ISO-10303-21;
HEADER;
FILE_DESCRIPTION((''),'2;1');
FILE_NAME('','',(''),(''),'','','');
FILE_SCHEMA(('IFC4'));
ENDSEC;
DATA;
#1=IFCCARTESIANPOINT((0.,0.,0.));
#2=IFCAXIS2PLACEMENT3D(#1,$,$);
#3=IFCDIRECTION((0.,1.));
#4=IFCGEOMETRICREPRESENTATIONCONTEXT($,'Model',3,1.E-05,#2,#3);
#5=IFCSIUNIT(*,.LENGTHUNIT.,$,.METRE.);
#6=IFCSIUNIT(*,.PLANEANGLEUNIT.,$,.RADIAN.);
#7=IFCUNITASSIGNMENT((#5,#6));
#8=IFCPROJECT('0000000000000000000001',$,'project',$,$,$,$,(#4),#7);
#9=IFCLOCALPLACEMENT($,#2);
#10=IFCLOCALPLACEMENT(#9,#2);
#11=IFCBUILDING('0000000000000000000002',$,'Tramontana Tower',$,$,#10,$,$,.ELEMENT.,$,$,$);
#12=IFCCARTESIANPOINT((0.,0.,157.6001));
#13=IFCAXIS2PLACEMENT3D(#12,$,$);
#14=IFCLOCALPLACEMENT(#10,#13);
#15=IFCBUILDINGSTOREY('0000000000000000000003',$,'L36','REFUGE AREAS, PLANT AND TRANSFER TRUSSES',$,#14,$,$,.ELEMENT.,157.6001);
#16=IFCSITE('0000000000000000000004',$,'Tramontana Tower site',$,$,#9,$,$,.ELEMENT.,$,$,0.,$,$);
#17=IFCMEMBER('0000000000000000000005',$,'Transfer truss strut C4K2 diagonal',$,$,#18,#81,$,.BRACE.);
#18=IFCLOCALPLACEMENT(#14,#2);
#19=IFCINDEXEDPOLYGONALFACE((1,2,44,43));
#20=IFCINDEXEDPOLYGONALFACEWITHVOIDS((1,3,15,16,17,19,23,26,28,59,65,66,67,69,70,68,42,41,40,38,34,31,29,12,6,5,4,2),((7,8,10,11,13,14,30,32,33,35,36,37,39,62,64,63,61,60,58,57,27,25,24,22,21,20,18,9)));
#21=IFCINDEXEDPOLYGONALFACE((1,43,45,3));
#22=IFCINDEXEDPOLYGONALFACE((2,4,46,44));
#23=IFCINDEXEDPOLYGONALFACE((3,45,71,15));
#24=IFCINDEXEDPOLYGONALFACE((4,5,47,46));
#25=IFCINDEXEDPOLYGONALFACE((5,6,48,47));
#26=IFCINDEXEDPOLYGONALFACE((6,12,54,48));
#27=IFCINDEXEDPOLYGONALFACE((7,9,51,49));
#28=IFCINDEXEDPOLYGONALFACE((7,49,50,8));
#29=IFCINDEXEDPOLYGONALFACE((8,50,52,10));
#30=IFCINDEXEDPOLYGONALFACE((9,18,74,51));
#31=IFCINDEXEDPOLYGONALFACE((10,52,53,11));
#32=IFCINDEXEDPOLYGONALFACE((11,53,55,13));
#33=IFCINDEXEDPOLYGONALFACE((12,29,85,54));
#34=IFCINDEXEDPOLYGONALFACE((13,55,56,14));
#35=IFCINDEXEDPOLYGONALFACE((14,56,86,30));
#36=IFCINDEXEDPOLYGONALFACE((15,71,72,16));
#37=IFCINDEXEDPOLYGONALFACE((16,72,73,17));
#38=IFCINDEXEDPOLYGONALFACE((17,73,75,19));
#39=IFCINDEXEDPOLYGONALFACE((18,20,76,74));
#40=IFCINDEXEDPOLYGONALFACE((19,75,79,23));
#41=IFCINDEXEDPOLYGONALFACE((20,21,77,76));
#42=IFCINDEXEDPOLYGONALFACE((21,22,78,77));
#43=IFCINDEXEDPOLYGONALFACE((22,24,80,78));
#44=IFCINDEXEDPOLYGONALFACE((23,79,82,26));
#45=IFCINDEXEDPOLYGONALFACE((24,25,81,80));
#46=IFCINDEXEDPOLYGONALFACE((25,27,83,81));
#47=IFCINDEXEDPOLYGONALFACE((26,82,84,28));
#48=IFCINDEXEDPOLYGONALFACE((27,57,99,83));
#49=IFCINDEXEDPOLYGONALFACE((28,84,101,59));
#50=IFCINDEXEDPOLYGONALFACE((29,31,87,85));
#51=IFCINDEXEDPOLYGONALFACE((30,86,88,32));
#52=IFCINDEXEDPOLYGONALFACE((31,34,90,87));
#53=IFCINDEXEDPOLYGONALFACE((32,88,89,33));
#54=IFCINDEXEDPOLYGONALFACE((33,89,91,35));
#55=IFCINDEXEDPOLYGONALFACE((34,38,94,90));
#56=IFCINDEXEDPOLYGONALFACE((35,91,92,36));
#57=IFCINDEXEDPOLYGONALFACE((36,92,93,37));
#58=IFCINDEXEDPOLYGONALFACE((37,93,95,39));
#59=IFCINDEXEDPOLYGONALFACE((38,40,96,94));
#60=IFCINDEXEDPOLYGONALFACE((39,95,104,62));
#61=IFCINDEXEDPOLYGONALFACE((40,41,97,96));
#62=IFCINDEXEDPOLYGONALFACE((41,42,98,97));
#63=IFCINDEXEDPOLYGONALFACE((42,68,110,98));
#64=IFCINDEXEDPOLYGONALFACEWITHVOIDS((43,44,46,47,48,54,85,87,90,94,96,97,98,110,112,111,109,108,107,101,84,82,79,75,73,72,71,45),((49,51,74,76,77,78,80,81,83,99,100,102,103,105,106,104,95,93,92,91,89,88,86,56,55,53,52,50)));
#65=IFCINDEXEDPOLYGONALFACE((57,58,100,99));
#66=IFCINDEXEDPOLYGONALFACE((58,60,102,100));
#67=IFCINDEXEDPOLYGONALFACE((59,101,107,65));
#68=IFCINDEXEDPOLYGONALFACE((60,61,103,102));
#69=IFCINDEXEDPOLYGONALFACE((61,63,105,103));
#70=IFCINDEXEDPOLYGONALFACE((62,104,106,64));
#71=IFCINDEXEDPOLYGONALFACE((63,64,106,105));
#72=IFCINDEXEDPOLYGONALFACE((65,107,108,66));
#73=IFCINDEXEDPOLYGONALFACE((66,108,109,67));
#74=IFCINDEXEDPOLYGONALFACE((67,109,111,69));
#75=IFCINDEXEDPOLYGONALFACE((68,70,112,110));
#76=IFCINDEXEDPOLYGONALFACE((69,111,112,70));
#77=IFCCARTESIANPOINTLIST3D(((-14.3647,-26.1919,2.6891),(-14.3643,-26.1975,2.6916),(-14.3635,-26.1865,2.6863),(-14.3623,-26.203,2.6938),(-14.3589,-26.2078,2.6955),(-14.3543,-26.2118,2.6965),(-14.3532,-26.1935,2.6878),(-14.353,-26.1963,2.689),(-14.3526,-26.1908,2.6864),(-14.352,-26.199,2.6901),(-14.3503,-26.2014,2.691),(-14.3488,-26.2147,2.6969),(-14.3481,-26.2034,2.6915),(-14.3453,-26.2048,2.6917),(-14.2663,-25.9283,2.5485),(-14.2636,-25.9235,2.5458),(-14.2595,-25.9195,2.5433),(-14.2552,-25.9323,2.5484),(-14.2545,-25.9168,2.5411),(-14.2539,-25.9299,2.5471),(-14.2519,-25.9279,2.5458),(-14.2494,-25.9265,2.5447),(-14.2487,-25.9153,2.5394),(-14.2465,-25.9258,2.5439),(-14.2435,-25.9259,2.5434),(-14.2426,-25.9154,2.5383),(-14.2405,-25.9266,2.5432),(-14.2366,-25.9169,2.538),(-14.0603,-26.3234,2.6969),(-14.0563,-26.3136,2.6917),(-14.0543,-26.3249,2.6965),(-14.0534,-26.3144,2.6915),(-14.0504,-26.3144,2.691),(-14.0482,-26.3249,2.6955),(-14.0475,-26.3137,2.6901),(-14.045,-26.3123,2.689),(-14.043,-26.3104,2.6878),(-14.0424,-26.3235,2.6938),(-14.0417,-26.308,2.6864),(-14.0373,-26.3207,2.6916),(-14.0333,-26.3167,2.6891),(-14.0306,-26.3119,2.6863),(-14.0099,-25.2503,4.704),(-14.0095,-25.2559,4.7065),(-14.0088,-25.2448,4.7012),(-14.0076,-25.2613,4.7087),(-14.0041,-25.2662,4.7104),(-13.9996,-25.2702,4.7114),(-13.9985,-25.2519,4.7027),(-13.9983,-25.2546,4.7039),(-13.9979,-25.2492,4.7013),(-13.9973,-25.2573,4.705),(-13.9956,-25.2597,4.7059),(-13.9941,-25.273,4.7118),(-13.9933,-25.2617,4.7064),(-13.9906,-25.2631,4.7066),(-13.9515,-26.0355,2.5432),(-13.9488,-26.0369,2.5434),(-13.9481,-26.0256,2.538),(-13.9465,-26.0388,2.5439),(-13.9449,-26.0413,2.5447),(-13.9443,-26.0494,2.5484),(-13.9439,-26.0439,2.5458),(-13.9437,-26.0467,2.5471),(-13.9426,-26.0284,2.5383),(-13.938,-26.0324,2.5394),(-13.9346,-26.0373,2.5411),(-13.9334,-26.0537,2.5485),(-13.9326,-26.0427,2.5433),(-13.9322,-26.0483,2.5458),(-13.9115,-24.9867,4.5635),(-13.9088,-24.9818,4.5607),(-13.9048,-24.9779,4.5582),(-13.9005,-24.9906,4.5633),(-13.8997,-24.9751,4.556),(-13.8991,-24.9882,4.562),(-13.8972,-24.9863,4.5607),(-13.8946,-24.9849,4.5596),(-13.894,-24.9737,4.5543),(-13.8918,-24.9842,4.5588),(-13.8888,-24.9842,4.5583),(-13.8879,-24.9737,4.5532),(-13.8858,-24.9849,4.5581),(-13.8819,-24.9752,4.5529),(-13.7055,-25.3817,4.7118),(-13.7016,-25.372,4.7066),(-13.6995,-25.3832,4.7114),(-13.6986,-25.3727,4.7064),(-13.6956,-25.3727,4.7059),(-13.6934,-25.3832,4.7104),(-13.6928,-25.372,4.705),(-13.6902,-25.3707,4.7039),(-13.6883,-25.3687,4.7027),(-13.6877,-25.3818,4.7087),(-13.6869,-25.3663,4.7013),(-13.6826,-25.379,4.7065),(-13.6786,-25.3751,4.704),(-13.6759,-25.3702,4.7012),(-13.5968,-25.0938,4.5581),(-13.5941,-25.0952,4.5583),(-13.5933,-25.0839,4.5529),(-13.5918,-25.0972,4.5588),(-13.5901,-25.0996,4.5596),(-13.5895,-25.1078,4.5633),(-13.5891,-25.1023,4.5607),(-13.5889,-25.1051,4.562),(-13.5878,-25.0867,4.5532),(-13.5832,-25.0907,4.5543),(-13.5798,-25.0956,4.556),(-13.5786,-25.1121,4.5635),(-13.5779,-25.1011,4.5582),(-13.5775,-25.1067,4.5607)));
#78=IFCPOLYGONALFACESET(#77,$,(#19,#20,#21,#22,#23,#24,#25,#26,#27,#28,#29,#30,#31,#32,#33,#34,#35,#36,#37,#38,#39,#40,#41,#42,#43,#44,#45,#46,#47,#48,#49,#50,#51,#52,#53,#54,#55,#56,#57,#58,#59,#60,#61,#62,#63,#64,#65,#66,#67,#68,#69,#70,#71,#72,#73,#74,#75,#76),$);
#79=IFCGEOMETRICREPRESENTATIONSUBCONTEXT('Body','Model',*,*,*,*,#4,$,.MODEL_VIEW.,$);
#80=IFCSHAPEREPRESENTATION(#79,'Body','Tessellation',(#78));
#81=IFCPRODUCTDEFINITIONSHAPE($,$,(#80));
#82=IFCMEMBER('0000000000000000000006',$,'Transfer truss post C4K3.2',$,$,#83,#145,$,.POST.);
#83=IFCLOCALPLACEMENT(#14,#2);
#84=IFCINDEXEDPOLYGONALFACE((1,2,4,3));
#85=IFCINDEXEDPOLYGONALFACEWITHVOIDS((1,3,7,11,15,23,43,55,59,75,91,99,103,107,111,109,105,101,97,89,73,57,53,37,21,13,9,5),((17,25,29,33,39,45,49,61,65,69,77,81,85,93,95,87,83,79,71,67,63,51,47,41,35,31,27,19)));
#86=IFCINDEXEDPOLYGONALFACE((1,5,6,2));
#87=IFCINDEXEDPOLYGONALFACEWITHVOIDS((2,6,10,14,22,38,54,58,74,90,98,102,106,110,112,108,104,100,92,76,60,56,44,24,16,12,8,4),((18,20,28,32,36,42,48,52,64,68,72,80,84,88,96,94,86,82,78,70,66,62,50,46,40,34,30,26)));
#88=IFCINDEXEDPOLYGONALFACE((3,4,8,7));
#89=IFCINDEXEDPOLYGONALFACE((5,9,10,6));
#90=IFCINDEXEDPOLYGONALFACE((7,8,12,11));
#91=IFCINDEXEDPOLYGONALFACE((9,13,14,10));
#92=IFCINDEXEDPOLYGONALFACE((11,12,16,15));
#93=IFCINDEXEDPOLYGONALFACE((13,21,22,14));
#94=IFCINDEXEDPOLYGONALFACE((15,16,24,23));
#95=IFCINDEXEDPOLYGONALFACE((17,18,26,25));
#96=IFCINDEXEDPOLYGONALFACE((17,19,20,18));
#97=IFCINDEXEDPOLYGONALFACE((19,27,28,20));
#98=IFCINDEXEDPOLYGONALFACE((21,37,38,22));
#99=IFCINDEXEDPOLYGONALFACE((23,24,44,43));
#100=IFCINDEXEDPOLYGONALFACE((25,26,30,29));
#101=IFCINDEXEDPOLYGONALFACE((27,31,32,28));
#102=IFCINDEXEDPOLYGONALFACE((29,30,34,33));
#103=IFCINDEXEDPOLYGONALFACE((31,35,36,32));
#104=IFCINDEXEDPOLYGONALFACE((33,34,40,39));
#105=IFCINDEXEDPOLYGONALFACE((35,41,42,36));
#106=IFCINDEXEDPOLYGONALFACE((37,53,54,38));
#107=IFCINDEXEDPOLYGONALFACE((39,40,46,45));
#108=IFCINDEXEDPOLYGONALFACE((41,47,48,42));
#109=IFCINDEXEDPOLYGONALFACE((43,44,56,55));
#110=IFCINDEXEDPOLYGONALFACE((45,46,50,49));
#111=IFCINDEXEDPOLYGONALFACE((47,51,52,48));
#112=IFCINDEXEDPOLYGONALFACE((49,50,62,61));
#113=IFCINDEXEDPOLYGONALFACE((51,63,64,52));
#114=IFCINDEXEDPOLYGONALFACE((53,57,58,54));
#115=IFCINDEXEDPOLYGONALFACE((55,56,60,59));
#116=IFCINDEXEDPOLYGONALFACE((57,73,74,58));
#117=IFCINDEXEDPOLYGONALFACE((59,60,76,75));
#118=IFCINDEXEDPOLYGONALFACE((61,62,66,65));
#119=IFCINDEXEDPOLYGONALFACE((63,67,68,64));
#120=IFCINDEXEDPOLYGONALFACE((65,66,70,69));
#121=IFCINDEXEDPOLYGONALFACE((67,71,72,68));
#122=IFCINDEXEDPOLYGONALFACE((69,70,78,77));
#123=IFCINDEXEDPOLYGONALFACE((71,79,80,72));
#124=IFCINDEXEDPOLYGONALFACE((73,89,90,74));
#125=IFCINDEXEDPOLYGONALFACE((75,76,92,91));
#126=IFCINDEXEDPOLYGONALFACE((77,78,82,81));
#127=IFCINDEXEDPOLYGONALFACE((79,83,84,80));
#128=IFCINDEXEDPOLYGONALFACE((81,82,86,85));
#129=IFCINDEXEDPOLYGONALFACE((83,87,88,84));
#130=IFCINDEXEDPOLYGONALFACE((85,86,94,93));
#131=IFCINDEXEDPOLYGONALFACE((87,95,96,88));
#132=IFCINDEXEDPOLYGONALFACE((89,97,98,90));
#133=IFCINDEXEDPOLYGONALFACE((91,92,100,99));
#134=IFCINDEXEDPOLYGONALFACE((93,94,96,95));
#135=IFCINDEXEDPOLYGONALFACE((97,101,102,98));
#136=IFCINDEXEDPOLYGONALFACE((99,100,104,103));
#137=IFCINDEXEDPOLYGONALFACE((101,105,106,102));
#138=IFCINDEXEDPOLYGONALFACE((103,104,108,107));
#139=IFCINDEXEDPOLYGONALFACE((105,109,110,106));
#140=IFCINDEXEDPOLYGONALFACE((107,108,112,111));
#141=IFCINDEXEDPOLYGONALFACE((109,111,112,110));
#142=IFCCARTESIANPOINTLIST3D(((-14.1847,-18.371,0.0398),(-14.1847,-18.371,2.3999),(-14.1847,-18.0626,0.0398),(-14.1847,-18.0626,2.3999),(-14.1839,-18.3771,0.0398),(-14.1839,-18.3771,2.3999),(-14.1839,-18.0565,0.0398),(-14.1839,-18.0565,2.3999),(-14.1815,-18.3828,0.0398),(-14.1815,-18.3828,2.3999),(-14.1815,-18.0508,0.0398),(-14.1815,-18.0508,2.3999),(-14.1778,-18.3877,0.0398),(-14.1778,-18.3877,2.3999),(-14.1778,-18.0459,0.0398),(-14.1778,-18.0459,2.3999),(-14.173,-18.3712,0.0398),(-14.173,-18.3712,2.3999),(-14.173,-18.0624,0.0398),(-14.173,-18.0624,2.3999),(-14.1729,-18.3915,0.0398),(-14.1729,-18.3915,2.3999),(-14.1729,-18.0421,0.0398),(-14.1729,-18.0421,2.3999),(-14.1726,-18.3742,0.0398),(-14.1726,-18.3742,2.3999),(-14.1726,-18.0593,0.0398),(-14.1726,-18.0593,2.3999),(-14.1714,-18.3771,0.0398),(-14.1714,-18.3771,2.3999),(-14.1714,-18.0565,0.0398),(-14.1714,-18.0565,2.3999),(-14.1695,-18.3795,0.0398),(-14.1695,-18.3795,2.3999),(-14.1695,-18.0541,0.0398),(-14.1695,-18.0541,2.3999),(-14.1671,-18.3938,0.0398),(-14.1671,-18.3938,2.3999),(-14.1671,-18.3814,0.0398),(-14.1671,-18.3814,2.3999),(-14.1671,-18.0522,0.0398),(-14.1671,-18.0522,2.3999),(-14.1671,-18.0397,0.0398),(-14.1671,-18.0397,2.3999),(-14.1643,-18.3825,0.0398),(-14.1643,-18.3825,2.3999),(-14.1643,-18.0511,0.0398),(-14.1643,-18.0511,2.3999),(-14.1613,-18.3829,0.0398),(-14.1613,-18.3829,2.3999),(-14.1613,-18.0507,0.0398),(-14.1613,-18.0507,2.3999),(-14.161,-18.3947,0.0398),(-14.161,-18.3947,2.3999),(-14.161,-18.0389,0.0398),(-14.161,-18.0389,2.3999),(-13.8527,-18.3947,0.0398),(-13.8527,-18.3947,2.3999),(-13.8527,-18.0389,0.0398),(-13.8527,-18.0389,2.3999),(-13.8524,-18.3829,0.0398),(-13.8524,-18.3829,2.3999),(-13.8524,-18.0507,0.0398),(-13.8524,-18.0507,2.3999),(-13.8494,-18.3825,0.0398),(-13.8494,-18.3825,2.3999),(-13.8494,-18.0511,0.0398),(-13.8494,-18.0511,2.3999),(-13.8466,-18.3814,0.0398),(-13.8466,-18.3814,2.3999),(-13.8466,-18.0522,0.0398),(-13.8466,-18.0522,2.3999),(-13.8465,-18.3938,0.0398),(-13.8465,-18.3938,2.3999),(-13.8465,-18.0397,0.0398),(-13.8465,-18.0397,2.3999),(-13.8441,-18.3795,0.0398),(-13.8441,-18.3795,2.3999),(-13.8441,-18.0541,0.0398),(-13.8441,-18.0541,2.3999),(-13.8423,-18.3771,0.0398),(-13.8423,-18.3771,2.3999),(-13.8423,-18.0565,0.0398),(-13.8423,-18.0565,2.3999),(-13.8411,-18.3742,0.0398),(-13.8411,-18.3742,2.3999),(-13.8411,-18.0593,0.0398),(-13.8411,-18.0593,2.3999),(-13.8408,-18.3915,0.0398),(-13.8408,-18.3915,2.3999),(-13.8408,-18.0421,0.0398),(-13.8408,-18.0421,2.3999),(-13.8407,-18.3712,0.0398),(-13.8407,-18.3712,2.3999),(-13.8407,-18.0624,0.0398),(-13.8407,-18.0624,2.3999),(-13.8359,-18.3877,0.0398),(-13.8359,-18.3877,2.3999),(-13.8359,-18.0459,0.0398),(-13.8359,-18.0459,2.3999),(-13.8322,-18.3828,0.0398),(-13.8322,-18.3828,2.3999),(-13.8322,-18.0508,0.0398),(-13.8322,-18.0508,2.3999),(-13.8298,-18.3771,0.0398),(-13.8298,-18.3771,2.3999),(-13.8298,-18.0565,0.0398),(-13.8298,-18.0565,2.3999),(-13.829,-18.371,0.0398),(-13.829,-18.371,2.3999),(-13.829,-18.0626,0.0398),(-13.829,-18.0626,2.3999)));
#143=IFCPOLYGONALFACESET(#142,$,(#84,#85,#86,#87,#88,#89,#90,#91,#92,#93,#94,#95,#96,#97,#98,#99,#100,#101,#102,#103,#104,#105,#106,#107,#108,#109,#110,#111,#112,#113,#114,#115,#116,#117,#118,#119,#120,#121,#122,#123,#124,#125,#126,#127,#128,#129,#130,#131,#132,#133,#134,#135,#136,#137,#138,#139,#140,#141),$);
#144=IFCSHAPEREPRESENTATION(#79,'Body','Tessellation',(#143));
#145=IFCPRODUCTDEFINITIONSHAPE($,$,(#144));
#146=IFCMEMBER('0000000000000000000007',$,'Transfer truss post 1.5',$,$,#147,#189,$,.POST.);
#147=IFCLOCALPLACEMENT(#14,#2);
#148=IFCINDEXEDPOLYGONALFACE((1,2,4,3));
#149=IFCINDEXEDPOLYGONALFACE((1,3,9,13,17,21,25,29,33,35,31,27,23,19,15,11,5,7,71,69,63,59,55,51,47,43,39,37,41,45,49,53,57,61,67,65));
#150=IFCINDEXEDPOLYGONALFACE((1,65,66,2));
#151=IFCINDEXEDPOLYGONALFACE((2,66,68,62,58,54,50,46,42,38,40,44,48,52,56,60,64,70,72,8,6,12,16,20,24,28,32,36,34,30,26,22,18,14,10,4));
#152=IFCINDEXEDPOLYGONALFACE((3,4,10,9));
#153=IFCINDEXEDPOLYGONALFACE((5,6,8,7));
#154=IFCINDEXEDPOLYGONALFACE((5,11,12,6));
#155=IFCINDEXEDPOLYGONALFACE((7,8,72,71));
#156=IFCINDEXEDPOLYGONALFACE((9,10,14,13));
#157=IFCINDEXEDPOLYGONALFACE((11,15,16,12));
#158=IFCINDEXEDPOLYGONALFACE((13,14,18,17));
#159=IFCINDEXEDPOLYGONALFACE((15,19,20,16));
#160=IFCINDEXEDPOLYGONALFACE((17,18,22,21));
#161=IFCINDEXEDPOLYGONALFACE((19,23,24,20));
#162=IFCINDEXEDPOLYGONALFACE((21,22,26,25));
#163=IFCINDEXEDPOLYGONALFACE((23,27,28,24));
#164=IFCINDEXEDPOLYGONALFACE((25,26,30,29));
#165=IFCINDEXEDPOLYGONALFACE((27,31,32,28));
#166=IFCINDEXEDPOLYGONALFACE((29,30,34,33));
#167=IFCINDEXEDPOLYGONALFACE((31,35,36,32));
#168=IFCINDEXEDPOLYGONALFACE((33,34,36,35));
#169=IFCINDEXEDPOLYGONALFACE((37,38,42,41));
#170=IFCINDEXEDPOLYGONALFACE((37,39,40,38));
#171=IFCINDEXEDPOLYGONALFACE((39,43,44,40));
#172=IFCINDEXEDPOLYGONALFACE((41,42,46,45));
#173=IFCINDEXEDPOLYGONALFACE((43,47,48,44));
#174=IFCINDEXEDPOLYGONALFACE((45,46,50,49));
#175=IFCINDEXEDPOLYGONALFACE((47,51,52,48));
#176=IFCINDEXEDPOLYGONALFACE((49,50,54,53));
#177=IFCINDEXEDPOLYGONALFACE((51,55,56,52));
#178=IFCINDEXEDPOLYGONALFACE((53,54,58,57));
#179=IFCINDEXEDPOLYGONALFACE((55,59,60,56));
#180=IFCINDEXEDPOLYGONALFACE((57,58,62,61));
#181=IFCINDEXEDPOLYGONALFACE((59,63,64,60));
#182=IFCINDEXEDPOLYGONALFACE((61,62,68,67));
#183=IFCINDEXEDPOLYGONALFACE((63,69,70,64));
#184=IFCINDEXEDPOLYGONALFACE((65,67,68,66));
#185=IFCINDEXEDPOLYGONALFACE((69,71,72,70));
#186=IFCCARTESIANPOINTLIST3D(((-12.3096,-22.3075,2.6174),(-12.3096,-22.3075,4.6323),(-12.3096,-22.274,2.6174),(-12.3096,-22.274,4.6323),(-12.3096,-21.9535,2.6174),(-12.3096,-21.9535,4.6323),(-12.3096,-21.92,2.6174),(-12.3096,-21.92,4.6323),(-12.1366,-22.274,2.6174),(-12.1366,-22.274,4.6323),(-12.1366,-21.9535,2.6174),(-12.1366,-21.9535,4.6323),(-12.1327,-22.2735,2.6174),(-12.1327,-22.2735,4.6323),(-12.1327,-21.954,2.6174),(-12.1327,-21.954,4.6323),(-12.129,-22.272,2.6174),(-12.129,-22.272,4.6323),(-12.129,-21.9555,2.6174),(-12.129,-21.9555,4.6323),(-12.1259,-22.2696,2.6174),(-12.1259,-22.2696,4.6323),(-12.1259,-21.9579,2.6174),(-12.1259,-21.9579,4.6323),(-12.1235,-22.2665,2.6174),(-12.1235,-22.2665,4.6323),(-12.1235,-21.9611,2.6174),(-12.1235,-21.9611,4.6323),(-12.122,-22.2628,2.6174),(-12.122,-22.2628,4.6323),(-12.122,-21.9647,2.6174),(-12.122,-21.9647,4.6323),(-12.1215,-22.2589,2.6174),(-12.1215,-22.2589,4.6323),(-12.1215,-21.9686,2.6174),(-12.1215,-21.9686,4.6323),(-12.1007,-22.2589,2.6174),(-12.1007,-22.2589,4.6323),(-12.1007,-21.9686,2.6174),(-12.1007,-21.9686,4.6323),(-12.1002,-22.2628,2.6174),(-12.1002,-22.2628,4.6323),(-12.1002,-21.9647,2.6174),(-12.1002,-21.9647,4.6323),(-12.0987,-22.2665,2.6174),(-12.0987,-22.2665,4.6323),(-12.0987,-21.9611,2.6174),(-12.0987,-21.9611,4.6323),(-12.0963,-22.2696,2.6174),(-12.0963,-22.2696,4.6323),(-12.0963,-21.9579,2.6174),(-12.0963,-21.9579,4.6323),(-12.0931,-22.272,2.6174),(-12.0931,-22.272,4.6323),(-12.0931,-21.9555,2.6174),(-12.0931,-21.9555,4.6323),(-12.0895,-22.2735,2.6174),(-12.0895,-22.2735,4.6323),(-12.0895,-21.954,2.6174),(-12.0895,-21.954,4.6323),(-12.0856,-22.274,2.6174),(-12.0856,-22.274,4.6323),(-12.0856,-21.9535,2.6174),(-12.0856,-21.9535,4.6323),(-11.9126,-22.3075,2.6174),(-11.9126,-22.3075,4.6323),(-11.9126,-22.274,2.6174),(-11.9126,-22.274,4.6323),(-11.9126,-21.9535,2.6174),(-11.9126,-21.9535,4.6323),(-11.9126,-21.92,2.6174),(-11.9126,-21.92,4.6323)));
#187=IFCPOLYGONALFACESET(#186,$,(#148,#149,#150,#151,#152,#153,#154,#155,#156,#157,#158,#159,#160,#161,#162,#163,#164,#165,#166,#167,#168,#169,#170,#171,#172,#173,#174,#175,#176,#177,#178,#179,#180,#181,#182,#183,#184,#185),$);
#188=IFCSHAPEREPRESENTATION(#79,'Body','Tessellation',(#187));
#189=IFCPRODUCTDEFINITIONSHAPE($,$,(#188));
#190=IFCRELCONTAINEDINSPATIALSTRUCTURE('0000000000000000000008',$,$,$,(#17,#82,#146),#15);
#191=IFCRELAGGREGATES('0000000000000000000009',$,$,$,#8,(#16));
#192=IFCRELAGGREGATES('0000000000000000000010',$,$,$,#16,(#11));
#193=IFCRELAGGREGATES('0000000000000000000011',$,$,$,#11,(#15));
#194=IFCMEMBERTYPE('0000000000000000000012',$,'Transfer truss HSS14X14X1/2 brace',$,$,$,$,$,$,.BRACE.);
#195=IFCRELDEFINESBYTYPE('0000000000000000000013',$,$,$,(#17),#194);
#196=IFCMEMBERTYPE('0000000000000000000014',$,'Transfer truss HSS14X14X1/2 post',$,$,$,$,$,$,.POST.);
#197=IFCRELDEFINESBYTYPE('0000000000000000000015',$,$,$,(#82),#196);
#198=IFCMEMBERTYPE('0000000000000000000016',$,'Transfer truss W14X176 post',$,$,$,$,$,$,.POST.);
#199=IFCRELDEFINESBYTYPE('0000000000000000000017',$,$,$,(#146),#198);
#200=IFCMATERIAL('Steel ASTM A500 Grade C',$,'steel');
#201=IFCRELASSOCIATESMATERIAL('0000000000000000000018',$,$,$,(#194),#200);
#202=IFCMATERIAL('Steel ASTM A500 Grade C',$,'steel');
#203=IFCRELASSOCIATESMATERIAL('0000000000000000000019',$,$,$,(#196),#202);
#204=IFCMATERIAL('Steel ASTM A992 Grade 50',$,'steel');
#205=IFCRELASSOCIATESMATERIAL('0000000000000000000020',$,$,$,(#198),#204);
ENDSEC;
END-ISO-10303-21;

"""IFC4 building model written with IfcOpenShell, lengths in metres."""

from ifc_helpers import new_model, si_unit, direction, frame, origin, origin_2d, place, context, subcontext, project, spatial, hollow_rectangle, i_section, extrude, material, material_profile, profile_set, type_object, element, save


model = new_model("IFC4")

# Units and contexts
model_context = context("Model", 3, precision=1e-05, world=origin(), true_north=direction((0.0, 1.0)))
body_context = subcontext(model_context, "Body", "Model", "MODEL_VIEW")
ifc_project = project(units=[si_unit("LENGTHUNIT", "METRE"), si_unit("PLANEANGLEUNIT", "RADIAN")], contexts=[model_context])

# Site, building, storey
site_placement = place(None, origin())
site = spatial("IfcSite", under=ifc_project, at=site_placement, Name="Tramontana Tower site", CompositionType="ELEMENT", RefElevation=0.0)
building_placement = place(site_placement, origin())
building = spatial("IfcBuilding", under=site, at=building_placement, Name="Tramontana Tower", CompositionType="ELEMENT")
storey_placement = place(building_placement, frame((0.0, 0.0, 157.6001)))
storey = spatial("IfcBuildingStorey", under=building, at=storey_placement, Name="L36", Description="REFUGE AREAS, PLANT AND TRANSFER TRUSSES", CompositionType="ELEMENT", Elevation=157.6001)

# Members
ifc_material_1 = material(Name="Steel ASTM A500 Grade C", Category="steel")
ifc_material_profile_1 = material_profile(ifc_material_1, hollow_rectangle(XDim=0.3557, YDim=0.3557, WallThickness=0.0117, InnerFilletRadius=0.0117, OuterFilletRadius=0.0237, at=origin_2d()), Name="HSS14X14X1/2")
ifc_profile_set_1 = profile_set([ifc_material_profile_1], Name="Steel ASTM A500 Grade C")
member_type_1 = type_object("IfcMemberType", Name="Transfer truss HSS14X14X1/2 brace", PredefinedType="BRACE", material=ifc_profile_set_1)
member_1_placement = place(storey_placement, frame((-14.1484, -26.1201, 2.6174), z_axis=(0.157508, 0.418105, 0.894639), x_axis=(-0.9358, 0.352532, 0.0)))
element("IfcMember", 1, at=member_1_placement, inside=storey, type_object=member_type_1, Name="Transfer truss strut C4K2 diagonal", PredefinedType="BRACE", context=body_context, shape_type="SweptSolid", body=[
    extrude(hollow_rectangle(XDim=0.3557, YDim=0.3557, WallThickness=0.0117, InnerFilletRadius=0.0117, OuterFilletRadius=0.0237, at=origin_2d()), origin(), (0.0, 0.0, 1.0), 2.2522),
])
ifc_material_2 = material(Name="Steel ASTM A500 Grade C", Category="steel")
ifc_material_profile_2 = material_profile(ifc_material_2, hollow_rectangle(XDim=0.3557, YDim=0.3557, WallThickness=0.0117, InnerFilletRadius=0.0117, OuterFilletRadius=0.0237, at=origin_2d()), Name="HSS14X14X1/2")
ifc_profile_set_2 = profile_set([ifc_material_profile_2], Name="Steel ASTM A500 Grade C")
member_type_2 = type_object("IfcMemberType", Name="Transfer truss HSS14X14X1/2 post", PredefinedType="POST", material=ifc_profile_set_2)
member_2_placement = place(storey_placement, frame((-14.0068, -18.2168, 0.0398), z_axis=(0.0, 0.0, 1.0), x_axis=(1.0, 0.0, 0.0)))
element("IfcMember", 2, at=member_2_placement, inside=storey, type_object=member_type_2, Name="Transfer truss post C4K3.2", PredefinedType="POST", context=body_context, shape_type="SweptSolid", body=[
    extrude(hollow_rectangle(XDim=0.3557, YDim=0.3557, WallThickness=0.0117, InnerFilletRadius=0.0117, OuterFilletRadius=0.0237, at=origin_2d()), origin(), (0.0, 0.0, 1.0), 2.3601),
])
ifc_material_3 = material(Name="Steel ASTM A992 Grade 50", Category="steel")
ifc_material_profile_3 = material_profile(ifc_material_3, i_section(OverallWidth=0.397, OverallDepth=0.3875, WebThickness=0.0208, FlangeThickness=0.0334, FilletRadius=0.0151, at=origin_2d()), Name="W14X176")
ifc_profile_set_3 = profile_set([ifc_material_profile_3], Name="Steel ASTM A992 Grade 50")
member_type_3 = type_object("IfcMemberType", Name="Transfer truss W14X176 post", PredefinedType="POST", material=ifc_profile_set_3)
member_3_placement = place(storey_placement, frame((-12.1111, -22.1138, 2.6174), z_axis=(0.0, 0.0, 1.0), x_axis=(1.0, 0.0, 0.0)))
element("IfcMember", 3, at=member_3_placement, inside=storey, type_object=member_type_3, Name="Transfer truss post 1.5", PredefinedType="POST", context=body_context, shape_type="SweptSolid", body=[
    extrude(i_section(OverallWidth=0.397, OverallDepth=0.3875, WebThickness=0.0208, FlangeThickness=0.0334, FilletRadius=0.0151, at=origin_2d()), origin(), (0.0, 0.0, 1.0), 2.0149),
])

save(model, "model.ifc")
